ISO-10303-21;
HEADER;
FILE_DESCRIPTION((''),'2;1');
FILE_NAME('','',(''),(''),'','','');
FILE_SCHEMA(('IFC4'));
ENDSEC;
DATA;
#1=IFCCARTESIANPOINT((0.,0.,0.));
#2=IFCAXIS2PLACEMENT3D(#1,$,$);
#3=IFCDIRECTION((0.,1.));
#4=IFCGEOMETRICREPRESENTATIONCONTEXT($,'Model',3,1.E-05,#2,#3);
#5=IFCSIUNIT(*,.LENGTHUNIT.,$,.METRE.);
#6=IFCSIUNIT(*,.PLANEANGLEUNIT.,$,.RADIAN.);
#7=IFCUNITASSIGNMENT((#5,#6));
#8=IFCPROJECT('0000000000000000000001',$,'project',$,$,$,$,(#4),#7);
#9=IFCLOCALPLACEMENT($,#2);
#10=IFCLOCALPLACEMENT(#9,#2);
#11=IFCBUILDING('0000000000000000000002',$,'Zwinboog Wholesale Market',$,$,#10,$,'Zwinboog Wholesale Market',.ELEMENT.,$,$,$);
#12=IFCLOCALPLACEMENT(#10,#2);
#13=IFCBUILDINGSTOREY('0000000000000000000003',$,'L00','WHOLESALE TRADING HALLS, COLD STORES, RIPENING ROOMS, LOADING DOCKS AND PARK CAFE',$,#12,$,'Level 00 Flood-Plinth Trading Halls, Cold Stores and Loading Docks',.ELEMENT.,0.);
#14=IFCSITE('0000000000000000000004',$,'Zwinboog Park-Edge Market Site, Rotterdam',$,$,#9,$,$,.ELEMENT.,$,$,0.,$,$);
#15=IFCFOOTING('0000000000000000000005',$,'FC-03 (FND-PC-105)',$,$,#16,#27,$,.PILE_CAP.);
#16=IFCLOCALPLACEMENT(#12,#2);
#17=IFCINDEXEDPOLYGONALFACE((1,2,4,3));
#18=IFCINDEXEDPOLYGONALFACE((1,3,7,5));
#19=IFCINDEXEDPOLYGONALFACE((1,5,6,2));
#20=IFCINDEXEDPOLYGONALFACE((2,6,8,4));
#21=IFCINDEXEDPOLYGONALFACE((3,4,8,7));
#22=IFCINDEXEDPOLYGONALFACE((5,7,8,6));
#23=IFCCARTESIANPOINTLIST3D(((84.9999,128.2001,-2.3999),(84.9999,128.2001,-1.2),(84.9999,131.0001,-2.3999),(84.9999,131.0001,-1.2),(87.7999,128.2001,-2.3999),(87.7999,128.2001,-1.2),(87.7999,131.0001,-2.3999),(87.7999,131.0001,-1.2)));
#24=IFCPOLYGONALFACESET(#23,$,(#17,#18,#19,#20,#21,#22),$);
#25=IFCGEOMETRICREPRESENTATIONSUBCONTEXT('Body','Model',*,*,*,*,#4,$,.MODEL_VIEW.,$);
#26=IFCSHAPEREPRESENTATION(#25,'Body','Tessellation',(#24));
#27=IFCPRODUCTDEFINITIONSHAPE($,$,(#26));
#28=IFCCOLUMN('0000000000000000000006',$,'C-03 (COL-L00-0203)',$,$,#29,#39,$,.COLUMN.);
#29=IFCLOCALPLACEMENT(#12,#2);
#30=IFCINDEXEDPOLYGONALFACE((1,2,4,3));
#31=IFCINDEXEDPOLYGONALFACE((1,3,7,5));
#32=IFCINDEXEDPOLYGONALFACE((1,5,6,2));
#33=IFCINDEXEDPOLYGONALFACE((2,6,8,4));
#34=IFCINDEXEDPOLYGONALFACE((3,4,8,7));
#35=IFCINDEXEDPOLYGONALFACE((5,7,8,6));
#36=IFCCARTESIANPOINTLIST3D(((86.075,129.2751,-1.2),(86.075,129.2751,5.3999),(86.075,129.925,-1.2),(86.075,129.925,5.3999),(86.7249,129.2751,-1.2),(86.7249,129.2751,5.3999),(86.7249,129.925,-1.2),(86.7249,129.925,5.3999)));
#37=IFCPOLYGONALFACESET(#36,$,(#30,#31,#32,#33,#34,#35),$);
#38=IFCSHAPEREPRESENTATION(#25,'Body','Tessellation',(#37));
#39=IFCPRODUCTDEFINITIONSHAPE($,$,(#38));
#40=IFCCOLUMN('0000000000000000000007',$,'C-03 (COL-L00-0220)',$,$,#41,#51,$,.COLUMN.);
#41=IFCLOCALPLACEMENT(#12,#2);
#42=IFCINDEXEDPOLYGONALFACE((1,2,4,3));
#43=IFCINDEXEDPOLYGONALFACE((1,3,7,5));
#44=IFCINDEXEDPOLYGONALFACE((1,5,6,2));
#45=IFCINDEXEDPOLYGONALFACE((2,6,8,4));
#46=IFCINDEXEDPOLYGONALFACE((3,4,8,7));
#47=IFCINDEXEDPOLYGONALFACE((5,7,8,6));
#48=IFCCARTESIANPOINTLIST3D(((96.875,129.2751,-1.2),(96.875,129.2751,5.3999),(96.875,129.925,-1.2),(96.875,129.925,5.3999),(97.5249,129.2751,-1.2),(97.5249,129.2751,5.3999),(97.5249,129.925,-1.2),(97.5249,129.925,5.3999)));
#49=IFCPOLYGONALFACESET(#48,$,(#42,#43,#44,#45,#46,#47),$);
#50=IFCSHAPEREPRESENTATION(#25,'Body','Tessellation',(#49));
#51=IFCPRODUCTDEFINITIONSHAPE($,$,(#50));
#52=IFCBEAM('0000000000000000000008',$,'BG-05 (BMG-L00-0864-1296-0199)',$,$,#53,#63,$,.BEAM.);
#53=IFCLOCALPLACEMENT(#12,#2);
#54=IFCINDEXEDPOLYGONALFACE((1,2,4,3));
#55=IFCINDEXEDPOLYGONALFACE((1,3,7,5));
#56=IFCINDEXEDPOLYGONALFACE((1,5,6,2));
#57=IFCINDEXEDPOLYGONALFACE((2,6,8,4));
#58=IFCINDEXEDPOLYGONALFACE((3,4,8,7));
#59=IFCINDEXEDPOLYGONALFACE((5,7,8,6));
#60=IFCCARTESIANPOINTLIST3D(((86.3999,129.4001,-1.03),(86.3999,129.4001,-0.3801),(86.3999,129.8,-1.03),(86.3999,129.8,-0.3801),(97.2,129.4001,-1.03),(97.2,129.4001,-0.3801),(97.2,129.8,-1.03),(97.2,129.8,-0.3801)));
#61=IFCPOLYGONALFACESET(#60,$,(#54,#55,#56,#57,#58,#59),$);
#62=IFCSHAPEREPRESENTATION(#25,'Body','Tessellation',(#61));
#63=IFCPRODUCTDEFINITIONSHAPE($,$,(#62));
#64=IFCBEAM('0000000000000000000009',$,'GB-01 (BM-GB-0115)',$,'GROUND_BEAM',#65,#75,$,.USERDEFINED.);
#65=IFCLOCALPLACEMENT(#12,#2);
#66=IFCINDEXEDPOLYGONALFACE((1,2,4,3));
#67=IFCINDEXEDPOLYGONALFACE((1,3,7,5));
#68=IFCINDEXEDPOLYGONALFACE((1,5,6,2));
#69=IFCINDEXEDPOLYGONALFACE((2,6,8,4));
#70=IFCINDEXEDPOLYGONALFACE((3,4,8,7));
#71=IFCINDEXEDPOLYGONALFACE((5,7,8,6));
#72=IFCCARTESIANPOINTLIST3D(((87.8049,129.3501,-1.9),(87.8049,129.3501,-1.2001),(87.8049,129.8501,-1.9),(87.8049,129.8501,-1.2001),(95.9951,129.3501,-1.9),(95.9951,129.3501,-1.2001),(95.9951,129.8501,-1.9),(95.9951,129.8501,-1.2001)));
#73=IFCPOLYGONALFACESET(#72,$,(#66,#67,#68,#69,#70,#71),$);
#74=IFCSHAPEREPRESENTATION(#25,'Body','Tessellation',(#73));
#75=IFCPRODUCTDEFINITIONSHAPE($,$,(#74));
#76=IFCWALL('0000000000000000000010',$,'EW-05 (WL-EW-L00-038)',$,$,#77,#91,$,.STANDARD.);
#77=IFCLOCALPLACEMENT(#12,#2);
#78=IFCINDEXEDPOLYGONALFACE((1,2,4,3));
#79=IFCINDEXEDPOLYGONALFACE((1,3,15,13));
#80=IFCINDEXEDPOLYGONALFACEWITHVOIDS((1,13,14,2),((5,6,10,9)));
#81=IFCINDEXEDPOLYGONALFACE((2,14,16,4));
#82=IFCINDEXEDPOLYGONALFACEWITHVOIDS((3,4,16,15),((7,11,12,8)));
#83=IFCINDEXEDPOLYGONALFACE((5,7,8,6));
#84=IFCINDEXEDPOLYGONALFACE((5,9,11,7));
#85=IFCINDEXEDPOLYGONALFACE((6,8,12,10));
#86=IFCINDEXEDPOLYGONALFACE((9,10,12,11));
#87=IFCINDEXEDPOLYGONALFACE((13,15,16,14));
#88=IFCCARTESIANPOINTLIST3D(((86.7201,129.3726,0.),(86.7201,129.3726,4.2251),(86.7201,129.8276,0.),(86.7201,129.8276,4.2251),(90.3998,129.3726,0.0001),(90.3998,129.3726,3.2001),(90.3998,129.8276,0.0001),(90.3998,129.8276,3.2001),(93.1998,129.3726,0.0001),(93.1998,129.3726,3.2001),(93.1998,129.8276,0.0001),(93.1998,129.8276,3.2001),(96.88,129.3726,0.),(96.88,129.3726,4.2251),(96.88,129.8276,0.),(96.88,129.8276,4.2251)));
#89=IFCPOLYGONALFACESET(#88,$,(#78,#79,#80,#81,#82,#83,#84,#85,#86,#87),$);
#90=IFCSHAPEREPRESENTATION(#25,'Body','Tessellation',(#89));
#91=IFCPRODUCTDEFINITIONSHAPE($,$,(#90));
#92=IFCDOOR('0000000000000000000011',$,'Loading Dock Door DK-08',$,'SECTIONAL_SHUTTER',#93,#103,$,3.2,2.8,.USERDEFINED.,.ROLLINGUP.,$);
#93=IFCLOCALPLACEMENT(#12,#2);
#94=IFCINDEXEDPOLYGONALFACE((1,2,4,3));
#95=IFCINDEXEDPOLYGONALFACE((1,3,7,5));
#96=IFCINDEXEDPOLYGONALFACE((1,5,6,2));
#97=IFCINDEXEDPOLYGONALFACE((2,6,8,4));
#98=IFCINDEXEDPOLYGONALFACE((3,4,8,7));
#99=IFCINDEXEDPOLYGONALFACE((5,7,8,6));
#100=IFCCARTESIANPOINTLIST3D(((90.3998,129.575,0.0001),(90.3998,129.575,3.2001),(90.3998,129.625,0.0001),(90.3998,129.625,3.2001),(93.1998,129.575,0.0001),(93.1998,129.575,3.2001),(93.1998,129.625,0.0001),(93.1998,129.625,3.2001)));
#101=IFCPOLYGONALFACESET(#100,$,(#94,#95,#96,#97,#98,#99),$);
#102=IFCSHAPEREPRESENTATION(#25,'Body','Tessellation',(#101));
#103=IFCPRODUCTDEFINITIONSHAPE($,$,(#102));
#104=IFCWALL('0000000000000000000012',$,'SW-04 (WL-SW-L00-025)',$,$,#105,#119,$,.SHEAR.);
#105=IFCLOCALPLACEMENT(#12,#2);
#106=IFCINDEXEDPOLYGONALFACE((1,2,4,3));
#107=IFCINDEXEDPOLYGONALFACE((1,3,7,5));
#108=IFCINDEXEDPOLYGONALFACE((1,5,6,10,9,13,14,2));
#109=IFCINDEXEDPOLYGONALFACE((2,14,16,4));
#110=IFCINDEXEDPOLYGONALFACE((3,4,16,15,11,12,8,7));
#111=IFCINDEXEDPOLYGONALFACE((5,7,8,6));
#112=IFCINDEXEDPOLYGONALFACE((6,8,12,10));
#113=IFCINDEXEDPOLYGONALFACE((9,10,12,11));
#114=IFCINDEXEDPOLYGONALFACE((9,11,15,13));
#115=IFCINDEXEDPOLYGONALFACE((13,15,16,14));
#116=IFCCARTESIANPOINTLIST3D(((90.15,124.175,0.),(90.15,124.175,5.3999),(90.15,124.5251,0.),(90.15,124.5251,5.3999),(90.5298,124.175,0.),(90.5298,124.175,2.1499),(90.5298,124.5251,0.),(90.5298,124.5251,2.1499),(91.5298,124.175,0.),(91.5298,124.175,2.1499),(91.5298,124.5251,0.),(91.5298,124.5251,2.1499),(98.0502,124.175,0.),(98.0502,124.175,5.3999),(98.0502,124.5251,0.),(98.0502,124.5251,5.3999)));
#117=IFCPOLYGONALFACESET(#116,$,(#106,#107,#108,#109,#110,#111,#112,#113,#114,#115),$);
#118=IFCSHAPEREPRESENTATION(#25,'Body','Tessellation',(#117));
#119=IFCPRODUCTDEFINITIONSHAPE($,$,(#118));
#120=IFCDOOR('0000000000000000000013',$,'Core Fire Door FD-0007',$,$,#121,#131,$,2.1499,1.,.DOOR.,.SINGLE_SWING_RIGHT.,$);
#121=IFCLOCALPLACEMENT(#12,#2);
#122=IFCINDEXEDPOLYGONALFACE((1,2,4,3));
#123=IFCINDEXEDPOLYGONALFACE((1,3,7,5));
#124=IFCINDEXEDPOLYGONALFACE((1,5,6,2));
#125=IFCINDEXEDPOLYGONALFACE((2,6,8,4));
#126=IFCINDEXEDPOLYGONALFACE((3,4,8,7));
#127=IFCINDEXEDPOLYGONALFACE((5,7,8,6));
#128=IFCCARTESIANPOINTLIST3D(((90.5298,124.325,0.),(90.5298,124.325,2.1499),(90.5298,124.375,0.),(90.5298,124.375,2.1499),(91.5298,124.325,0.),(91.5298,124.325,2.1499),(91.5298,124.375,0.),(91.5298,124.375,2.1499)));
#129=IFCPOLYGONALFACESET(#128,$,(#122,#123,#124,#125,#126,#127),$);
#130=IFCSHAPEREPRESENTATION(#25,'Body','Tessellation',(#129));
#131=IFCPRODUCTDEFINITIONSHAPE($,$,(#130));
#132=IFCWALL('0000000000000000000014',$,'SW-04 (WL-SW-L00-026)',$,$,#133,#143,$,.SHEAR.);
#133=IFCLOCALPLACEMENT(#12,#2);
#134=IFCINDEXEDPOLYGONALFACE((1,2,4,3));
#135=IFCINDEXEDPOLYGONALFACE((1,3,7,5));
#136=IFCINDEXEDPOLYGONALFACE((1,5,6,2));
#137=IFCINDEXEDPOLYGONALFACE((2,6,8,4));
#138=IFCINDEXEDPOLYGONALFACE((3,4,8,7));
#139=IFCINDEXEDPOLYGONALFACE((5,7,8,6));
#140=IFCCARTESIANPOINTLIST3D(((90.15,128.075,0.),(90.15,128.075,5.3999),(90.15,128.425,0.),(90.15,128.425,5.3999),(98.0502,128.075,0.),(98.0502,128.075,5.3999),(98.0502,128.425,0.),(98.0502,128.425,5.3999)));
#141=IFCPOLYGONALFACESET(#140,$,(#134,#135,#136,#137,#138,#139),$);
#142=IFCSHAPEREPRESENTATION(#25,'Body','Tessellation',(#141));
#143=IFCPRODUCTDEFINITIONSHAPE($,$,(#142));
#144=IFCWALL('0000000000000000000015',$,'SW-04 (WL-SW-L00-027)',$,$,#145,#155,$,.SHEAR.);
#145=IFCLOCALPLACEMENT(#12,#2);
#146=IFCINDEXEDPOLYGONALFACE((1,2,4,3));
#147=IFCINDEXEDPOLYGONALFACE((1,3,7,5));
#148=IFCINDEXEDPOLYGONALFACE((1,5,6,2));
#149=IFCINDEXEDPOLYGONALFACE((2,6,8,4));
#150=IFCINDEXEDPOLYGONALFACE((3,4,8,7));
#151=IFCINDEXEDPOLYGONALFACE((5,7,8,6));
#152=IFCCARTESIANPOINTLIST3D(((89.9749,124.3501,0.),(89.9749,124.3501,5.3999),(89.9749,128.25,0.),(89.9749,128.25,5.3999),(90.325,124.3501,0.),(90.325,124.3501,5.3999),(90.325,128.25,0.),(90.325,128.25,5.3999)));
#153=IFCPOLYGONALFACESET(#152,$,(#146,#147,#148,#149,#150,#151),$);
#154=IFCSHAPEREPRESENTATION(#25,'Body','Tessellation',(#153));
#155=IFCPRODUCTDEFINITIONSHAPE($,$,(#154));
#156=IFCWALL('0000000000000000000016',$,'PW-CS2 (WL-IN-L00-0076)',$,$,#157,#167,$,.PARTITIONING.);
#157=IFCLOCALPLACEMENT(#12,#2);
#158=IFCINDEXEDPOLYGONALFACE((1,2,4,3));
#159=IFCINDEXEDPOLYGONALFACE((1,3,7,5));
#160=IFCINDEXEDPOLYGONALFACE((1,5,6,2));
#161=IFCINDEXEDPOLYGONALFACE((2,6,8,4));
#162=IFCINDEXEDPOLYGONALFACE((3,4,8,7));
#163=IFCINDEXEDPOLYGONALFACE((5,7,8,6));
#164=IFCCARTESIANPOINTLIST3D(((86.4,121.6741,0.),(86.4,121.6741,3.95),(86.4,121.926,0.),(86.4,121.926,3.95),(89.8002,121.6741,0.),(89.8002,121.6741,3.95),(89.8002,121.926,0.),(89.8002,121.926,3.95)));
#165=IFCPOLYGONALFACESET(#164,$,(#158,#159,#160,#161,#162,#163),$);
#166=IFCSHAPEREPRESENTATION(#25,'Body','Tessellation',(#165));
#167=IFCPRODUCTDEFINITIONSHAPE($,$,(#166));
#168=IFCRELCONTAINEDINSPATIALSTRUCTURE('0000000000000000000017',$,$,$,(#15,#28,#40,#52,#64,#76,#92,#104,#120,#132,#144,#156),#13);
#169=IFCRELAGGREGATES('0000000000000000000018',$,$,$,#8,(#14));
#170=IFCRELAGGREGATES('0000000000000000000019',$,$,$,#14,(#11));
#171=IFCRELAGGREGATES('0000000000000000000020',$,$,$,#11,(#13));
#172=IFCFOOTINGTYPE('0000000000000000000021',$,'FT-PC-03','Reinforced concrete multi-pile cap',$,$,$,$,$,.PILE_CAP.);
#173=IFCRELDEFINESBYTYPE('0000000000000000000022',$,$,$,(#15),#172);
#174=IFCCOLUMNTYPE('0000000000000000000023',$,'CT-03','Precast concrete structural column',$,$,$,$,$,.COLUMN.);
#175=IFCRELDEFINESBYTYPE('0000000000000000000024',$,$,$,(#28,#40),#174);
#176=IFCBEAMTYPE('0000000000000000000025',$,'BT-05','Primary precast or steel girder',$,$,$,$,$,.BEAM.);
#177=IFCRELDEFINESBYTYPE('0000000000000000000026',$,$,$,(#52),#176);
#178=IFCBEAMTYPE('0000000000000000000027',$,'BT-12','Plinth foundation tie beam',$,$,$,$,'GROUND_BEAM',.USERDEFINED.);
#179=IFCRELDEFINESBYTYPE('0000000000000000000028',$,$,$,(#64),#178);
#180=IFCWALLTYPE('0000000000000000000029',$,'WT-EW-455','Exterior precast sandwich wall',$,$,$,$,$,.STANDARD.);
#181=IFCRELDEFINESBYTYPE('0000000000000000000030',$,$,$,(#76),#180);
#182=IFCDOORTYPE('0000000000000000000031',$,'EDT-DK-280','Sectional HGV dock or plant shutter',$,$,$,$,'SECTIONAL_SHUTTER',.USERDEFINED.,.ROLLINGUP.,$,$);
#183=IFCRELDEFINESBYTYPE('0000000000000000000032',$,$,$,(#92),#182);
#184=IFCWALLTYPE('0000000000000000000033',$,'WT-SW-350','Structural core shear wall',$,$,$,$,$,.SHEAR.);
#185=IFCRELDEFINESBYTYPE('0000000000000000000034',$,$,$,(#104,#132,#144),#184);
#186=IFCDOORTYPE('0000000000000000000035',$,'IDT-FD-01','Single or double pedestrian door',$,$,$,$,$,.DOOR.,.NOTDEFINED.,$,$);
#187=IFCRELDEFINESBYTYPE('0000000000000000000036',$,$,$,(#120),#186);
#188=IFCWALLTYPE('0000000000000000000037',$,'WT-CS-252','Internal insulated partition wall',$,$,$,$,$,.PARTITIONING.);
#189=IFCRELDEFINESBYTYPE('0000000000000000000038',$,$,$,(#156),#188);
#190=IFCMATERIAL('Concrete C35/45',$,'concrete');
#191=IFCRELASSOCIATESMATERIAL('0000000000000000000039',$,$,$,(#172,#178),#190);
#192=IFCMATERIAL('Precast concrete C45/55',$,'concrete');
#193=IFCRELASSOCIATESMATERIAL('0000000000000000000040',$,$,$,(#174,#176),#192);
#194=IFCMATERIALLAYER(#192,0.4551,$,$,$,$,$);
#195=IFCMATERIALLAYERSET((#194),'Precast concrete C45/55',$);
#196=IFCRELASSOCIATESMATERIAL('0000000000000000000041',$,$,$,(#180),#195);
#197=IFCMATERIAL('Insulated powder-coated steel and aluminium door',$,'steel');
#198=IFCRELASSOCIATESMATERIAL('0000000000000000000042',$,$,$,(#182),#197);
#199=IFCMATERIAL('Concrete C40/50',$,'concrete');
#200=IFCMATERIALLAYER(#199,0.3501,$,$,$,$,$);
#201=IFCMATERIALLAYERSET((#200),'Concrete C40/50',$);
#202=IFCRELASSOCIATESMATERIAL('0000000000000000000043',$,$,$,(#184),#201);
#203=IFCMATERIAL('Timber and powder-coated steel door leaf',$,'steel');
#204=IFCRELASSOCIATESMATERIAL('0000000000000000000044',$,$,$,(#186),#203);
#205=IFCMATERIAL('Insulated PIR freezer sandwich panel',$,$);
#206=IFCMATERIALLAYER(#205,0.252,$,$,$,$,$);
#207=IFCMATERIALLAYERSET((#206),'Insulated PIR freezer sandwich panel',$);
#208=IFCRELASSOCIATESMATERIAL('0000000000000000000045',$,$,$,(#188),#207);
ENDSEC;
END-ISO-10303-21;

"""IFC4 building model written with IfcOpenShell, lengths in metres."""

from ifc_helpers import new_model, si_unit, direction, frame, frame_2d, origin, origin_2d, place, context, subcontext, project, spatial, rectangle, extrude, material, layer, layer_set, material_profile, profile_set, type_object, element, fill, save


model = new_model("IFC4")

# Units and contexts
model_context = context("Model", 3, precision=1e-05, world=origin(), true_north=direction((0.0, 1.0)))
body_context = subcontext(model_context, "Body", "Model", "MODEL_VIEW")
ifc_project = project(units=[si_unit("LENGTHUNIT", "METRE"), si_unit("PLANEANGLEUNIT", "RADIAN")], contexts=[model_context])

# Site, building, storey
site_placement = place(None, origin())
site = spatial("IfcSite", under=ifc_project, at=site_placement, Name="Zwinboog Park-Edge Market Site, Rotterdam", CompositionType="ELEMENT", RefElevation=0.0)
building_placement = place(site_placement, origin())
building = spatial("IfcBuilding", under=site, at=building_placement, Name="Zwinboog Wholesale Market", LongName="Zwinboog Wholesale Market", CompositionType="ELEMENT")
storey_placement = place(building_placement, origin())
storey = spatial("IfcBuildingStorey", under=building, at=storey_placement, Name="L00", Description="WHOLESALE TRADING HALLS, COLD STORES, RIPENING ROOMS, LOADING DOCKS AND PARK CAFE", LongName="Level 00 Flood-Plinth Trading Halls, Cold Stores and Loading Docks", CompositionType="ELEMENT", Elevation=0.0)

# Shared definitions
ifc_material_1 = material(Name="Concrete C40/50", Category="concrete")

# Footing
ifc_material_2 = material(Name="Concrete C35/45", Category="concrete")
footing_type_1 = type_object("IfcFootingType", Name="FT-PC-03", Description="Reinforced concrete multi-pile cap", PredefinedType="PILE_CAP", material=ifc_material_2)
footing_1_placement = place(storey_placement, frame((86.3999, 129.6001, -2.3999), z_axis=(0.0, 0.0, 1.0), x_axis=(1.0, 0.0, 0.0)))
element("IfcFooting", 1, at=footing_1_placement, inside=storey, type_object=footing_type_1, Name="FC-03 (FND-PC-105)", PredefinedType="PILE_CAP", context=body_context, shape_type="SweptSolid", body=[
    extrude(rectangle(XDim=2.8, YDim=2.8, at=origin_2d()), origin(), (0.0, 0.0, 1.0), 1.2),
])

# Columns
ifc_material_3 = material(Name="Precast concrete C45/55", Category="concrete")
ifc_material_profile_1 = material_profile(ifc_material_3, rectangle(XDim=0.6499, YDim=0.6499, at=origin_2d()), Name="PC 650x650")
ifc_profile_set_1 = profile_set([ifc_material_profile_1], Name="Precast concrete C45/55")
column_type = type_object("IfcColumnType", Name="CT-03", Description="Precast concrete structural column", PredefinedType="COLUMN", material=ifc_profile_set_1)
for number, where, z_axis, x_axis, name in (
    (2, (86.3999, 129.6001, -1.2), (0.0, 0.0, 1.0), (1.0, 0.0, 0.0), "C-03 (COL-L00-0203)"),
    (3, (97.2, 129.6001, -1.2), (0.0, 0.0, 1.0), (1.0, 0.0, 0.0), "C-03 (COL-L00-0220)"),
):
    element("IfcColumn", number, at=place(storey_placement, frame(where, z_axis=z_axis, x_axis=x_axis)), inside=storey, type_object=column_type, Name=name, PredefinedType="COLUMN", context=body_context, shape_type="SweptSolid", body=[
        extrude(rectangle(XDim=0.6499, YDim=0.6499, at=origin_2d()), origin(), (0.0, 0.0, 1.0), 6.5999),
    ])

# Beams
ifc_material_profile_2 = material_profile(ifc_material_3, rectangle(XDim=0.3999, YDim=0.6499, at=origin_2d()), Name="PC 400x650")
ifc_profile_set_2 = profile_set([ifc_material_profile_2], Name="Precast concrete C45/55")
beam_type_1 = type_object("IfcBeamType", Name="BT-05", Description="Primary precast or steel girder", PredefinedType="BEAM", material=ifc_profile_set_2)
beam_1_placement = place(storey_placement, frame((86.3999, 129.6001, -0.7051), z_axis=(1.0, 0.0, 0.0), x_axis=(0.0, 1.0, 0.0)))
element("IfcBeam", 4, at=beam_1_placement, inside=storey, type_object=beam_type_1, Name="BG-05 (BMG-L00-0864-1296-0199)", PredefinedType="BEAM", context=body_context, shape_type="SweptSolid", body=[
    extrude(rectangle(XDim=0.3999, YDim=0.6499, at=origin_2d()), origin(), (0.0, 0.0, 1.0), 10.8),
])
ifc_material_profile_3 = material_profile(ifc_material_2, rectangle(XDim=0.5, YDim=0.7, at=origin_2d()), Name="RC 500x700")
ifc_profile_set_3 = profile_set([ifc_material_profile_3], Name="Concrete C35/45")
beam_type_2 = type_object("IfcBeamType", Name="BT-12", Description="Plinth foundation tie beam", ElementType="GROUND_BEAM", PredefinedType="USERDEFINED", material=ifc_profile_set_3)
beam_2_placement = place(storey_placement, frame((87.8049, 129.6001, -1.55), z_axis=(1.0, 0.0, 0.0), x_axis=(0.0, 1.0, 0.0)))
element("IfcBeam", 5, at=beam_2_placement, inside=storey, type_object=beam_type_2, Name="GB-01 (BM-GB-0115)", ObjectType="GROUND_BEAM", PredefinedType="USERDEFINED", context=body_context, shape_type="SweptSolid", body=[
    extrude(rectangle(XDim=0.5, YDim=0.7, at=origin_2d()), origin(), (0.0, 0.0, 1.0), 8.1902),
])

# Walls, openings, doors
ifc_layer_1 = layer(ifc_material_3, 0.4551)
ifc_layer_set_1 = layer_set([ifc_layer_1], Name="Precast concrete C45/55")
wall_type_1 = type_object("IfcWallType", Name="WT-EW-455", Description="Exterior precast sandwich wall", PredefinedType="STANDARD", material=ifc_layer_set_1)
wall_1_placement = place(storey_placement, frame((86.72, 129.6001, 0.0), z_axis=(0.0, 0.0, 1.0), x_axis=(1.0, 0.0, 0.0)))
wall_1 = element("IfcWall", 6, at=wall_1_placement, inside=storey, type_object=wall_type_1, Name="EW-05 (WL-EW-L00-038)", PredefinedType="STANDARD", context=body_context, shape_type="SweptSolid", body=[
    extrude(rectangle(XDim=10.1599, YDim=0.4551, at=frame_2d((5.0801, 0.0))), origin(), (0.0, 0.0, 1.0), 4.2251),
])
opening_1_placement = place(wall_1_placement, frame((3.6799, 0.0, 0.0)))
opening_1 = element("IfcOpeningElement", 7, at=opening_1_placement, cuts=wall_1, PredefinedType="OPENING", context=body_context, shape_type="SweptSolid", body=[
    extrude(rectangle(XDim=2.8, YDim=3.2, at=frame_2d((1.3999, 1.6001))), frame((0.0, 0.2375, 0.0), z_axis=(0.0, -1.0, 0.0), x_axis=(1.0, 0.0, 0.0)), (0.0, 0.0, 1.0), 0.4751),
])
ifc_material_4 = material(Name="Insulated powder-coated steel and aluminium door", Category="steel")
door_type_1 = type_object("IfcDoorType", Name="EDT-DK-280", Description="Sectional HGV dock or plant shutter", ElementType="SECTIONAL_SHUTTER", OperationType="ROLLINGUP", PredefinedType="USERDEFINED", material=ifc_material_4)
door_1_placement = place(opening_1_placement, origin())
door_1 = element("IfcDoor", 8, at=door_1_placement, inside=storey, type_object=door_type_1, Name="Loading Dock Door DK-08", ObjectType="SECTIONAL_SHUTTER", OperationType="ROLLINGUP", OverallHeight=3.2, OverallWidth=2.8, PredefinedType="USERDEFINED", context=body_context, shape_type="SweptSolid", body=[
    extrude(rectangle(XDim=2.8, YDim=3.2, at=frame_2d((1.3999, 1.6001))), frame((0.0, 0.0249, 0.0), z_axis=(0.0, -1.0, 0.0), x_axis=(1.0, 0.0, 0.0)), (0.0, 0.0, 1.0), 0.05),
])
fill(opening_1, door_1)
ifc_layer_2 = layer(ifc_material_1, 0.3501)
ifc_layer_set_2 = layer_set([ifc_layer_2], Name="Concrete C40/50")
wall_type_2 = type_object("IfcWallType", Name="WT-SW-350", Description="Structural core shear wall", PredefinedType="SHEAR", material=ifc_layer_set_2)
wall_2_placement = place(storey_placement, frame((90.1499, 124.3501, 0.0), z_axis=(0.0, 0.0, 1.0), x_axis=(1.0, 0.0, 0.0)))
wall_2 = element("IfcWall", 9, at=wall_2_placement, inside=storey, type_object=wall_type_2, Name="SW-04 (WL-SW-L00-025)", PredefinedType="SHEAR", context=body_context, shape_type="SweptSolid", body=[
    extrude(rectangle(XDim=7.9001, YDim=0.3501, at=frame_2d((3.9502, 0.0))), origin(), (0.0, 0.0, 1.0), 5.3999),
])
opening_2_placement = place(wall_2_placement, frame((0.3799, 0.0, 0.0)))
opening_2 = element("IfcOpeningElement", 10, at=opening_2_placement, cuts=wall_2, PredefinedType="OPENING", context=body_context, shape_type="SweptSolid", body=[
    extrude(rectangle(XDim=1.0, YDim=2.1499, at=frame_2d((0.5, 1.075))), frame((0.0, 0.1851, 0.0), z_axis=(0.0, -1.0, 0.0), x_axis=(1.0, 0.0, 0.0)), (0.0, 0.0, 1.0), 0.3701),
])
ifc_material_5 = material(Name="Timber and powder-coated steel door leaf", Category="steel")
door_type_2 = type_object("IfcDoorType", Name="IDT-FD-01", Description="Single or double pedestrian door", OperationType="NOTDEFINED", PredefinedType="DOOR", material=ifc_material_5)
door_2_placement = place(opening_2_placement, origin())
door_2 = element("IfcDoor", 11, at=door_2_placement, inside=storey, type_object=door_type_2, Name="Core Fire Door FD-0007", OperationType="SINGLE_SWING_RIGHT", OverallHeight=2.1499, OverallWidth=1.0, PredefinedType="DOOR", context=body_context, shape_type="SweptSolid", body=[
    extrude(rectangle(XDim=1.0, YDim=2.1499, at=frame_2d((0.5, 1.075))), frame((0.0, 0.0249, 0.0), z_axis=(0.0, -1.0, 0.0), x_axis=(1.0, 0.0, 0.0)), (0.0, 0.0, 1.0), 0.05),
])
fill(opening_2, door_2)

# Walls
wall_3_placement = place(storey_placement, frame((90.1499, 128.25, 0.0), z_axis=(0.0, 0.0, 1.0), x_axis=(1.0, 0.0, 0.0)))
element("IfcWall", 12, at=wall_3_placement, inside=storey, type_object=wall_type_2, Name="SW-04 (WL-SW-L00-026)", PredefinedType="SHEAR", context=body_context, shape_type="SweptSolid", body=[
    extrude(rectangle(XDim=7.9001, YDim=0.3501, at=frame_2d((3.9502, 0.0))), origin(), (0.0, 0.0, 1.0), 5.3999),
])
wall_4_placement = place(storey_placement, frame((90.1499, 124.3501, 0.0), z_axis=(0.0, 0.0, 1.0), x_axis=(0.0, 1.0, 0.0)))
element("IfcWall", 13, at=wall_4_placement, inside=storey, type_object=wall_type_2, Name="SW-04 (WL-SW-L00-027)", PredefinedType="SHEAR", context=body_context, shape_type="SweptSolid", body=[
    extrude(rectangle(XDim=3.8999, YDim=0.3501, at=frame_2d((1.95, 0.0))), origin(), (0.0, 0.0, 1.0), 5.3999),
])
ifc_material_6 = material(Name="Insulated PIR freezer sandwich panel")
ifc_layer_3 = layer(ifc_material_6, 0.252)
ifc_layer_set_3 = layer_set([ifc_layer_3], Name="Insulated PIR freezer sandwich panel")
wall_type_3 = type_object("IfcWallType", Name="WT-CS-252", Description="Internal insulated partition wall", PredefinedType="PARTITIONING", material=ifc_layer_set_3)
wall_5_placement = place(storey_placement, frame((86.3999, 121.8, 0.0), z_axis=(0.0, 0.0, 1.0), x_axis=(1.0, 0.0, 0.0)))
element("IfcWall", 14, at=wall_5_placement, inside=storey, type_object=wall_type_3, Name="PW-CS2 (WL-IN-L00-0076)", PredefinedType="PARTITIONING", context=body_context, shape_type="SweptSolid", body=[
    extrude(rectangle(XDim=3.4001, YDim=0.252, at=frame_2d((1.7002, 0.0))), origin(), (0.0, 0.0, 1.0), 3.95),
])

save(model, "model.ifc")
